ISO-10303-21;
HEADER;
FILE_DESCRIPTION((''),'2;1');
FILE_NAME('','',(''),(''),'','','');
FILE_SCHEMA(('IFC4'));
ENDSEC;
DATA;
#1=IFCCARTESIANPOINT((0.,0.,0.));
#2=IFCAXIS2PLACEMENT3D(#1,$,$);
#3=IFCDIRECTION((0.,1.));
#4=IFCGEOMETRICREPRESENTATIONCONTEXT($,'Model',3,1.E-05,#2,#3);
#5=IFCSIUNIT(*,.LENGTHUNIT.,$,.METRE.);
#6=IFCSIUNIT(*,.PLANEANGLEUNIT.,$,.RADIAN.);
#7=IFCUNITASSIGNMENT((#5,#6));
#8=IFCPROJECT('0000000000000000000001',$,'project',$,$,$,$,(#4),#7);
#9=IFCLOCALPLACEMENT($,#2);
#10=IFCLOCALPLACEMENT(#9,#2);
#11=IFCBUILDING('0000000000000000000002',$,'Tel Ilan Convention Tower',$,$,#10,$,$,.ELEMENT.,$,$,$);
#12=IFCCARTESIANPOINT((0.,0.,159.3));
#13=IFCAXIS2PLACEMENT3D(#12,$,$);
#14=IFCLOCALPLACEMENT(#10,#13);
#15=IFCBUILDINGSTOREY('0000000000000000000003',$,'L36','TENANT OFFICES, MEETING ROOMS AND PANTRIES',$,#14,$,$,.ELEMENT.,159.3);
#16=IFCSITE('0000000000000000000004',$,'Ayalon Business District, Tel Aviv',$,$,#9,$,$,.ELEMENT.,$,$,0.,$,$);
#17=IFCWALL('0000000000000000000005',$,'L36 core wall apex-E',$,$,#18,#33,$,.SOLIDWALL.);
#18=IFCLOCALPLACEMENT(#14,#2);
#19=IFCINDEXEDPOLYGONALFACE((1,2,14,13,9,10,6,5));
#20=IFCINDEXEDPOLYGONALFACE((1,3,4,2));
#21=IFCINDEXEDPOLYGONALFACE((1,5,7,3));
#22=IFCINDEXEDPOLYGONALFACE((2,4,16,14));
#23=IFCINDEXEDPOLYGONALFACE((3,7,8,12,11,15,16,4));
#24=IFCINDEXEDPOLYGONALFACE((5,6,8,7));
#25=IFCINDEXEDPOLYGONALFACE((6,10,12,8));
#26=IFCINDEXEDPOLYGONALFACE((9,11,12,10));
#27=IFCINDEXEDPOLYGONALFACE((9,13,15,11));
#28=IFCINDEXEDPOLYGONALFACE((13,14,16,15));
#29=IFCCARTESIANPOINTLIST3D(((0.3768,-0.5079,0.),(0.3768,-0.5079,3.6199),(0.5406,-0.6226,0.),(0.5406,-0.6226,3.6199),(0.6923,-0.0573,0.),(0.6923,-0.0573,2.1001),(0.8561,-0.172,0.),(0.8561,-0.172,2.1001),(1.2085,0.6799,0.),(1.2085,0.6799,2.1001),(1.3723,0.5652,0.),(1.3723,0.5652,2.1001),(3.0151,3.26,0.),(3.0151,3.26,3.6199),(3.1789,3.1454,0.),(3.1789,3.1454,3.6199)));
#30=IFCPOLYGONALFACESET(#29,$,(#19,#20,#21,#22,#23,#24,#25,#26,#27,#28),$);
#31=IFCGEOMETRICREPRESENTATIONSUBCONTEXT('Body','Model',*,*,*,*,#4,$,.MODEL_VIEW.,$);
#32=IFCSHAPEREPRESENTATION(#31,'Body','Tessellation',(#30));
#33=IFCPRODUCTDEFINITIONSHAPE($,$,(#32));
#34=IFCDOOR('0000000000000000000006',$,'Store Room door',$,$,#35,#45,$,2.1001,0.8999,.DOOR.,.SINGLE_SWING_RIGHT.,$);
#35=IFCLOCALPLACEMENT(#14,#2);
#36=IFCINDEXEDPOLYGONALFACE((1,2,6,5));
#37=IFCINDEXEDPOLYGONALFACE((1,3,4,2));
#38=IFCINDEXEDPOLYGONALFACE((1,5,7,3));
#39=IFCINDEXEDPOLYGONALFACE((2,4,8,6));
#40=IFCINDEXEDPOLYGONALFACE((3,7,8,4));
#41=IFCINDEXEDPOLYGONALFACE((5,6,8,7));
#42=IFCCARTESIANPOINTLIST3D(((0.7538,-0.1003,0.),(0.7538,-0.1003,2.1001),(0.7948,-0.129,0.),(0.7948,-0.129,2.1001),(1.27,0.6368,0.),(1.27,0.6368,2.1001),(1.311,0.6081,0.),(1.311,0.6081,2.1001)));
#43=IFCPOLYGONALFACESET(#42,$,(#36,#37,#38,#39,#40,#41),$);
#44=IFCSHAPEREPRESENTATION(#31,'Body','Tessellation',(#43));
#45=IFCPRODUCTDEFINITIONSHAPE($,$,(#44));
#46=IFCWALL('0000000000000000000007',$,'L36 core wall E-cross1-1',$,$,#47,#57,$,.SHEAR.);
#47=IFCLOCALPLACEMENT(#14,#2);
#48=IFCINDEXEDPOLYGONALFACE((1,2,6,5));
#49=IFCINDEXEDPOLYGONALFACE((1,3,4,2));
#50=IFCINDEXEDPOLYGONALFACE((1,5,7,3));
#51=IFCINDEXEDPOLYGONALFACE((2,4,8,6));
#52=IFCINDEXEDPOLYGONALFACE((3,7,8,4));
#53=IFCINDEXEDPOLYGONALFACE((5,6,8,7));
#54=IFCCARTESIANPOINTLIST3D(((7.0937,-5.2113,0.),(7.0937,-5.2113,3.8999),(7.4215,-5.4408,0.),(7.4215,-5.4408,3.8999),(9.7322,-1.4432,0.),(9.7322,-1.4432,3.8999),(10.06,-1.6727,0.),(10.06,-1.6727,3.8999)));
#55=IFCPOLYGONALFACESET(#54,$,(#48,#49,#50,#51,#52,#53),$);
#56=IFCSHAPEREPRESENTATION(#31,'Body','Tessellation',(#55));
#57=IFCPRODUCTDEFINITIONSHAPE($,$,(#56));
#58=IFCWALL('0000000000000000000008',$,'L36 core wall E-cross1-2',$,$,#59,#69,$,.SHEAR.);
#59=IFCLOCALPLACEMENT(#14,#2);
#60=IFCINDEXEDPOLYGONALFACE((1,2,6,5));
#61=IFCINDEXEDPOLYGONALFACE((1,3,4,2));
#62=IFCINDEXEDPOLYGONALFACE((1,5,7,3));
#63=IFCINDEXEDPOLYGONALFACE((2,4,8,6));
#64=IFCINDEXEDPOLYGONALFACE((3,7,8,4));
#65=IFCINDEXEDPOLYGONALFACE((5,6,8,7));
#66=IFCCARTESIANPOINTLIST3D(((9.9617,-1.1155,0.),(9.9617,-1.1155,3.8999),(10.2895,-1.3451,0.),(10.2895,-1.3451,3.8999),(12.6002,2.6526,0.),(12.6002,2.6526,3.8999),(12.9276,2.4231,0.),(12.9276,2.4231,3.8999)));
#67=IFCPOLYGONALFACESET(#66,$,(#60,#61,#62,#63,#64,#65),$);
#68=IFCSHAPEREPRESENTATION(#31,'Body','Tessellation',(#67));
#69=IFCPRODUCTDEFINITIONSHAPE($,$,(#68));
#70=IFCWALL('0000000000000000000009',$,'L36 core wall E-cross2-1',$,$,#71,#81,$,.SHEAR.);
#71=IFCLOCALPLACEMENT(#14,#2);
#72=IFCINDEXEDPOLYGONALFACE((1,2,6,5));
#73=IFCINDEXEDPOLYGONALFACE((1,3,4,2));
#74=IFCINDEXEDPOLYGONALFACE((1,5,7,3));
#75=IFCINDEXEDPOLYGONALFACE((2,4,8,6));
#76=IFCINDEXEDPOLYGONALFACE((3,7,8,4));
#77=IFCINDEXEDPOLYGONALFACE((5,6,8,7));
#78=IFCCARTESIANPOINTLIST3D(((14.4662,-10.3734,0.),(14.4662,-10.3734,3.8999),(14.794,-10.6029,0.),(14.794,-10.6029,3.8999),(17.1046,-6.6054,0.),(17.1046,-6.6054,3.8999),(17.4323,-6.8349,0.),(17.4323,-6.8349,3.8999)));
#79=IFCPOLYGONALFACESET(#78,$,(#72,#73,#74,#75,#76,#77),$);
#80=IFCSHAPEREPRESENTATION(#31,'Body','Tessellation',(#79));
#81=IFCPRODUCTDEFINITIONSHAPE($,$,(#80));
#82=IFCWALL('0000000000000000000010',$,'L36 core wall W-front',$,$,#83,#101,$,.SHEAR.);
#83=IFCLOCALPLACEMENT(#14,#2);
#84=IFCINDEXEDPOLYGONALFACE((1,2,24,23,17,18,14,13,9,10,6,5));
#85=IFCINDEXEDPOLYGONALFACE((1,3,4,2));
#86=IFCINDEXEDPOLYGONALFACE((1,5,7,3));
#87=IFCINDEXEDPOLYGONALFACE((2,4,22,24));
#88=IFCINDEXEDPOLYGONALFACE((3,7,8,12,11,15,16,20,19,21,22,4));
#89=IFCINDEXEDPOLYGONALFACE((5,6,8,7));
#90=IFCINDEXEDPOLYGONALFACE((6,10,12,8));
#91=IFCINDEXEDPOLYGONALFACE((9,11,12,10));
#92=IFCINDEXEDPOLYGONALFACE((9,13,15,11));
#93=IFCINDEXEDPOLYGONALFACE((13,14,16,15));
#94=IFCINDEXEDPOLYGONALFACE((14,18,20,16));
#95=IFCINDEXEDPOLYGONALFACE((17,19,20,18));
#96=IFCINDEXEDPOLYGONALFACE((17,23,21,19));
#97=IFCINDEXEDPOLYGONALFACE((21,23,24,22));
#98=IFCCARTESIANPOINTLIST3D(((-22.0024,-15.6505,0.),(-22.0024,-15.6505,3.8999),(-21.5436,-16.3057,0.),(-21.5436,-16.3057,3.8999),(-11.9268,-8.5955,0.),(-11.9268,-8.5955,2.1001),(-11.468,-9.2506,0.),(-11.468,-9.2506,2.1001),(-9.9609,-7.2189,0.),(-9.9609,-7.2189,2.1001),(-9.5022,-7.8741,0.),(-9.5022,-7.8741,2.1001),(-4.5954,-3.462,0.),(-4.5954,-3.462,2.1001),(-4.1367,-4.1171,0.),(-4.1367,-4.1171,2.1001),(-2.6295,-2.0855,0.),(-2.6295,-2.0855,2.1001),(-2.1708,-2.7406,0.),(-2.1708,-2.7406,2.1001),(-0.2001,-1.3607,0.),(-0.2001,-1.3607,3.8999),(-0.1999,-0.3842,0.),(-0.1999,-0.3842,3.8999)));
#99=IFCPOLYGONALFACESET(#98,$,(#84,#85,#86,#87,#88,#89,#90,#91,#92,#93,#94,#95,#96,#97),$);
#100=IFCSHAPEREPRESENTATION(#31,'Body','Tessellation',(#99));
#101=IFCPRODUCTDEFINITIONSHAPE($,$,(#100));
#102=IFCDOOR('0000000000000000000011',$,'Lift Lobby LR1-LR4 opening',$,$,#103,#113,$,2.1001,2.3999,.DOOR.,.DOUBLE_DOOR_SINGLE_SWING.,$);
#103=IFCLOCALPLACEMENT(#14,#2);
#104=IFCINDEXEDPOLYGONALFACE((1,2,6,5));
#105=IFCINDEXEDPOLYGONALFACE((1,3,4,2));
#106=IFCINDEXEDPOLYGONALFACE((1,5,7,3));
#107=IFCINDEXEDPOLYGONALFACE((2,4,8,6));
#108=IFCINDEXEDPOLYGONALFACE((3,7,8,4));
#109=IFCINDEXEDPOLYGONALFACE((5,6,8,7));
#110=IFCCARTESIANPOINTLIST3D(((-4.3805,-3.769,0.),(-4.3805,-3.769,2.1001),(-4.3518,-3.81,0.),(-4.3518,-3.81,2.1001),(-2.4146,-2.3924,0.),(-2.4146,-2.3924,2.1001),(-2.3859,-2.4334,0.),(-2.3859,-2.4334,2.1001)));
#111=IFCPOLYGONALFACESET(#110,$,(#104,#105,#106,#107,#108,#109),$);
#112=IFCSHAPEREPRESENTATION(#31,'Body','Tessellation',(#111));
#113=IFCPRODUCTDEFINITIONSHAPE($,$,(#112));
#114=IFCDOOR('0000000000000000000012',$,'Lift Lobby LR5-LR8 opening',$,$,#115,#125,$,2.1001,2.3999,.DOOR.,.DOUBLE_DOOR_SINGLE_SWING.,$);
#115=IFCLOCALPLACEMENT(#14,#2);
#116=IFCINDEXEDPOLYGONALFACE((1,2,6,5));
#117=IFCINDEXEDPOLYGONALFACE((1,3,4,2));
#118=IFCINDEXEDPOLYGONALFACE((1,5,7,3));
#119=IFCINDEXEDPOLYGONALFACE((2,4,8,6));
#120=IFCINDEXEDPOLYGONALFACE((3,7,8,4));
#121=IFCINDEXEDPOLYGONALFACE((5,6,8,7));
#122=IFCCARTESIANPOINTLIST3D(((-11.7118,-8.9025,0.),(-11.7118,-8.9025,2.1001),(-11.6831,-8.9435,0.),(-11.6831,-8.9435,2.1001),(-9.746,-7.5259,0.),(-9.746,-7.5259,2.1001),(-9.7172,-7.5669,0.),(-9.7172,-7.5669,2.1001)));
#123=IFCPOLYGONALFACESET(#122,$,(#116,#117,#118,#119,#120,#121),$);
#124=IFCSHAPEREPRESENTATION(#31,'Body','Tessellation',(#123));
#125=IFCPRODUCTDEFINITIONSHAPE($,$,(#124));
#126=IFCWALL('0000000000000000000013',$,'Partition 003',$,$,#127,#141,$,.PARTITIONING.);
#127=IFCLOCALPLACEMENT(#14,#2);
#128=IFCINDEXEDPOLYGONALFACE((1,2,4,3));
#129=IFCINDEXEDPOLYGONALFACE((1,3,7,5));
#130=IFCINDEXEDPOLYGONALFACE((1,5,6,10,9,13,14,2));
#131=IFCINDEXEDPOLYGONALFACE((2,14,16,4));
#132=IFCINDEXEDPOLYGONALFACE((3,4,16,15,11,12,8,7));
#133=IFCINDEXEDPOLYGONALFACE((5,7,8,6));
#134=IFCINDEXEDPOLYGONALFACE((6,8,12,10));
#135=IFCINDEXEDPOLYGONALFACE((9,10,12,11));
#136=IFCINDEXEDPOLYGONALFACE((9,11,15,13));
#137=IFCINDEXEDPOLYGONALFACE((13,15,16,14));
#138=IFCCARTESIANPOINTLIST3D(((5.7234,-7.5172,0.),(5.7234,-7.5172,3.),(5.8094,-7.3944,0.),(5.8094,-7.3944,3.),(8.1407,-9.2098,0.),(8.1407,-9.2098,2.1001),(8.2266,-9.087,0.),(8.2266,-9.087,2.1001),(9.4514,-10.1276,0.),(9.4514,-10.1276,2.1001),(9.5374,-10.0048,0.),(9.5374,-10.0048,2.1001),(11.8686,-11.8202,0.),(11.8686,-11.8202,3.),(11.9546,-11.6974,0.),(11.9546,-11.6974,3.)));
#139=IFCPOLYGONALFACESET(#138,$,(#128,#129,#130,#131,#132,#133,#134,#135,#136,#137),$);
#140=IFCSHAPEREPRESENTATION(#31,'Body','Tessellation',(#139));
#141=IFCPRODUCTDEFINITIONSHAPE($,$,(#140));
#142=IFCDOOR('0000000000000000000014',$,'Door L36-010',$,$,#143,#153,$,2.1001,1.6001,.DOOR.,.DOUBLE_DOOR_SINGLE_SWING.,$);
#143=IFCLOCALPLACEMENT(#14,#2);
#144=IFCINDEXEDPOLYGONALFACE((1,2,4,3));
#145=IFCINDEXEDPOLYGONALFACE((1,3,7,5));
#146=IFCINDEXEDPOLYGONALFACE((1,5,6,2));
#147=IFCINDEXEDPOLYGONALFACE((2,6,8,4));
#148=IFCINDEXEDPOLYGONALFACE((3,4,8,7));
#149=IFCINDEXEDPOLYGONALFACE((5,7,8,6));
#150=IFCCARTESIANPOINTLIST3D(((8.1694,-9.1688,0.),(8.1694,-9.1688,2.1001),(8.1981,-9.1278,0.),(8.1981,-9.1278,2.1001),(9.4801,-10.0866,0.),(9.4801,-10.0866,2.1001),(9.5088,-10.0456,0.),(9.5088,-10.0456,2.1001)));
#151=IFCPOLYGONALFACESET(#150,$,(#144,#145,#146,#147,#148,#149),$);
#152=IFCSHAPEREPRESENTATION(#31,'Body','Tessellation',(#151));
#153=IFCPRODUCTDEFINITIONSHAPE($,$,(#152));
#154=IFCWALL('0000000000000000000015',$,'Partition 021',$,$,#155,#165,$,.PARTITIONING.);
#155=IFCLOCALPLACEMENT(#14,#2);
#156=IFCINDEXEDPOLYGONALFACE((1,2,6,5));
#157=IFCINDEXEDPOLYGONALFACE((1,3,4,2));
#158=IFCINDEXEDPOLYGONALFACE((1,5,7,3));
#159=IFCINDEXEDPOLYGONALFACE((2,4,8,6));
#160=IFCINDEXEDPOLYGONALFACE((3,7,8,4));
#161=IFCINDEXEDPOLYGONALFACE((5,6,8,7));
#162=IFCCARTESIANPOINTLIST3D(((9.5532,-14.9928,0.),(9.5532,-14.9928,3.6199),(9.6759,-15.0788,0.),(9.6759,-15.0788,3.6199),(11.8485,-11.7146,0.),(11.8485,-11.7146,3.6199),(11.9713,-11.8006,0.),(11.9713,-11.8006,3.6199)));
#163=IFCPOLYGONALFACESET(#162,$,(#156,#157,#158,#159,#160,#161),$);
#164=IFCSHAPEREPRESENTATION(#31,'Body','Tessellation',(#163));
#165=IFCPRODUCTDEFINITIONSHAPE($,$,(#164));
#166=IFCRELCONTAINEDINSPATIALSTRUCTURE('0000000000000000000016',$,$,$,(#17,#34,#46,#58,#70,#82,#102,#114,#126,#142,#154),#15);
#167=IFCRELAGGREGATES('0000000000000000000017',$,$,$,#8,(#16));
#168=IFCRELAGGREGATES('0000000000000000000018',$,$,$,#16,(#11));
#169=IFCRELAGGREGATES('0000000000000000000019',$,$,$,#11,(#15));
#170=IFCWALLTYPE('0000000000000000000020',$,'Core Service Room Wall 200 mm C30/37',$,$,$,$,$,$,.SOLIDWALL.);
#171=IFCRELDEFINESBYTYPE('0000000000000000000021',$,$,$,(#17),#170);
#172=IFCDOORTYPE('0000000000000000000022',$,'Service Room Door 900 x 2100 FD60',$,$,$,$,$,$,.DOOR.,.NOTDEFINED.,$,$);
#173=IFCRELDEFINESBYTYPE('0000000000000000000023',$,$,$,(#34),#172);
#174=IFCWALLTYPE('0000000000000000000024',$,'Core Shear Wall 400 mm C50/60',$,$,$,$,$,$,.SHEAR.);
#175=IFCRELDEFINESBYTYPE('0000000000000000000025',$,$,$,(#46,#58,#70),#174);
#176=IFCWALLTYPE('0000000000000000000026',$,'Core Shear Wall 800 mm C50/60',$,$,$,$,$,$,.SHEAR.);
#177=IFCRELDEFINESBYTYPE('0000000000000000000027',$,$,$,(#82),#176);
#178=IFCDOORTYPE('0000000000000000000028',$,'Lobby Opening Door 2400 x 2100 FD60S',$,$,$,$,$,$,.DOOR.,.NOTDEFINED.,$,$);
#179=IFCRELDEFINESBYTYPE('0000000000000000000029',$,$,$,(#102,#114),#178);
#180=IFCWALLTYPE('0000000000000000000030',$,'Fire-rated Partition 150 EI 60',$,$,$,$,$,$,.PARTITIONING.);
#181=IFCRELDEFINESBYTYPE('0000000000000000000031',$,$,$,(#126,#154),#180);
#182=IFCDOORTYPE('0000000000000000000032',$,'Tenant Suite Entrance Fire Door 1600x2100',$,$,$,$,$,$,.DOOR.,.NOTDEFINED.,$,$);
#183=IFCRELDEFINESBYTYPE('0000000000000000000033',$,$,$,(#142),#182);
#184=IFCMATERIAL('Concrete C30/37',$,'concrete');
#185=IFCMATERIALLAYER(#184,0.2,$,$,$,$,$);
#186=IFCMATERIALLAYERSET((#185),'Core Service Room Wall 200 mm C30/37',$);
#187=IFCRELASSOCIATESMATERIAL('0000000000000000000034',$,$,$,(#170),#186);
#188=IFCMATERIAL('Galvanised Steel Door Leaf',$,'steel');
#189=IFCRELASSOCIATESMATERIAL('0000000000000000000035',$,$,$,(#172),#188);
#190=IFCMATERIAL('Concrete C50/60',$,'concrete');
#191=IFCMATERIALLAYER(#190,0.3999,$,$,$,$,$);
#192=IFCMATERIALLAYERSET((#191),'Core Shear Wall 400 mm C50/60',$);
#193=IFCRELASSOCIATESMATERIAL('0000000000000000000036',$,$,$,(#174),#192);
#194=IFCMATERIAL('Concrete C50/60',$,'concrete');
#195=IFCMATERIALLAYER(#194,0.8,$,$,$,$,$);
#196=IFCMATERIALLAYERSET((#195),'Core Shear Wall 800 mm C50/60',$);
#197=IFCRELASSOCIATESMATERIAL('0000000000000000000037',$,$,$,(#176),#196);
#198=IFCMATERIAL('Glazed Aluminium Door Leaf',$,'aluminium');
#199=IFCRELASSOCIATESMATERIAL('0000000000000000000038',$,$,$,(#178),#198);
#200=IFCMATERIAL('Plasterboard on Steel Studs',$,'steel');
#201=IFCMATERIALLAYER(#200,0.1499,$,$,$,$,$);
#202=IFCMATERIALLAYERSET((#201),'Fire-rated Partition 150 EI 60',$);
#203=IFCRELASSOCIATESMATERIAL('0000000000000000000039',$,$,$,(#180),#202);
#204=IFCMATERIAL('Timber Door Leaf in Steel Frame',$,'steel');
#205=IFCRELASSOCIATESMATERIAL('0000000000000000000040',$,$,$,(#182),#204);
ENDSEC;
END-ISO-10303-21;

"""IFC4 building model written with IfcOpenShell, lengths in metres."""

from ifc_helpers import new_model, si_unit, direction, frame, frame_2d, origin, place, context, subcontext, project, spatial, polyline, rectangle, outline, extrude, material, layer, layer_set, type_object, element, fill, save


model = new_model("IFC4")

# Units and contexts
model_context = context("Model", 3, precision=1e-05, world=origin(), true_north=direction((0.0, 1.0)))
body_context = subcontext(model_context, "Body", "Model", "MODEL_VIEW")
ifc_project = project(units=[si_unit("LENGTHUNIT", "METRE"), si_unit("PLANEANGLEUNIT", "RADIAN")], contexts=[model_context])

# Site, building, storey
site_placement = place(None, origin())
site = spatial("IfcSite", under=ifc_project, at=site_placement, Name="Ayalon Business District, Tel Aviv", CompositionType="ELEMENT", RefElevation=0.0)
building_placement = place(site_placement, origin())
building = spatial("IfcBuilding", under=site, at=building_placement, Name="Tel Ilan Convention Tower", CompositionType="ELEMENT")
storey_placement = place(building_placement, frame((0.0, 0.0, 159.3)))
storey = spatial("IfcBuildingStorey", under=building, at=storey_placement, Name="L36", Description="TENANT OFFICES, MEETING ROOMS AND PANTRIES", CompositionType="ELEMENT", Elevation=159.3)

# Wall, opening, door
ifc_material_1 = material(Name="Concrete C30/37", Category="concrete")
ifc_layer_1 = layer(ifc_material_1, 0.2)
ifc_layer_set_1 = layer_set([ifc_layer_1], Name="Core Service Room Wall 200 mm C30/37")
wall_type_1 = type_object("IfcWallType", Name="Core Service Room Wall 200 mm C30/37", PredefinedType="SOLIDWALL", material=ifc_layer_set_1)
wall_1_placement = place(storey_placement, frame((0.4587, -0.5652, 0.0), z_axis=(0.0, 0.0, 1.0), x_axis=(0.573576, 0.819152, 0.0)))
wall_1 = element("IfcWall", 1, at=wall_1_placement, inside=storey, type_object=wall_type_1, Name="L36 core wall apex-E", PredefinedType="SOLIDWALL", context=body_context, shape_type="SweptSolid", body=[
    extrude(rectangle(XDim=4.5999, YDim=0.2, at=frame_2d((2.2998, 0.0))), origin(), (0.0, 0.0, 1.0), 3.6199),
])
opening_1_placement = place(wall_1_placement, frame((0.55, 0.0, 0.0)))
opening_1 = element("IfcOpeningElement", 2, at=opening_1_placement, cuts=wall_1, PredefinedType="OPENING", context=body_context, shape_type="SweptSolid", body=[
    extrude(rectangle(XDim=0.8999, YDim=2.1001, at=frame_2d((0.45, 1.05))), frame((0.0, 0.1099, 0.0), z_axis=(0.0, -1.0, 0.0), x_axis=(1.0, 0.0, 0.0)), (0.0, 0.0, 1.0), 0.22),
])
ifc_material_2 = material(Name="Galvanised Steel Door Leaf", Category="steel")
door_type_1 = type_object("IfcDoorType", Name="Service Room Door 900 x 2100 FD60", OperationType="NOTDEFINED", PredefinedType="DOOR", material=ifc_material_2)
door_1_placement = place(opening_1_placement, origin())
door_1 = element("IfcDoor", 3, at=door_1_placement, inside=storey, type_object=door_type_1, Name="Store Room door", OperationType="SINGLE_SWING_RIGHT", OverallHeight=2.1001, OverallWidth=0.8999, PredefinedType="DOOR", context=body_context, shape_type="SweptSolid", body=[
    extrude(rectangle(XDim=0.8999, YDim=2.1001, at=frame_2d((0.45, 1.05))), frame((0.0, 0.0249, 0.0), z_axis=(0.0, -1.0, 0.0), x_axis=(1.0, 0.0, 0.0)), (0.0, 0.0, 1.0), 0.05),
])
fill(opening_1, door_1)

# Walls
ifc_material_3 = material(Name="Concrete C50/60", Category="concrete")
ifc_layer_2 = layer(ifc_material_3, 0.3999)
ifc_layer_set_2 = layer_set([ifc_layer_2], Name="Core Shear Wall 400 mm C50/60")
wall_type_2 = type_object("IfcWallType", Name="Core Shear Wall 400 mm C50/60", PredefinedType="SHEAR", material=ifc_layer_set_2)
wall_2_placement = place(storey_placement, frame((7.2578, -5.3259, 0.0), z_axis=(0.0, 0.0, 1.0), x_axis=(0.573541, 0.819177, 0.0)))
element("IfcWall", 4, at=wall_2_placement, inside=storey, type_object=wall_type_2, Name="L36 core wall E-cross1-1", PredefinedType="SHEAR", context=body_context, shape_type="SweptSolid", body=[
    extrude(outline(polyline([(-0.0002, 0.2002), (-0.0002, -0.2), (4.5999, -0.2002), (4.5999, 0.2), (-0.0002, 0.2002)])), origin(), (0.0, 0.0, 1.0), 3.8999),
])
wall_3_placement = place(storey_placement, frame((10.1255, -1.2302, 0.0), z_axis=(0.0, 0.0, 1.0), x_axis=(0.573576, 0.819152, 0.0)))
element("IfcWall", 5, at=wall_3_placement, inside=storey, type_object=wall_type_2, Name="L36 core wall E-cross1-2", PredefinedType="SHEAR", context=body_context, shape_type="SweptSolid", body=[
    extrude(outline(polyline([(4.5999, -0.2), (4.6001, 0.2), (0.0, 0.2), (0.0, -0.2002), (4.5999, -0.2)])), origin(), (0.0, 0.0, 1.0), 3.8999),
])
wall_4_placement = place(storey_placement, frame((14.6299, -10.4883, 0.0), z_axis=(0.0, 0.0, 1.0), x_axis=(0.573612, 0.819127, 0.0)))
element("IfcWall", 6, at=wall_4_placement, inside=storey, type_object=wall_type_2, Name="L36 core wall E-cross2-1", PredefinedType="SHEAR", context=body_context, shape_type="SweptSolid", body=[
    extrude(outline(polyline([(0.0002, 0.2), (0.0002, -0.2002), (4.6001, -0.2), (4.6001, 0.2002), (0.0002, 0.2)])), origin(), (0.0, 0.0, 1.0), 3.8999),
])

# Wall, openings, doors
ifc_material_4 = material(Name="Concrete C50/60", Category="concrete")
ifc_layer_3 = layer(ifc_material_4, 0.8)
ifc_layer_set_3 = layer_set([ifc_layer_3], Name="Core Shear Wall 800 mm C50/60")
wall_type_3 = type_object("IfcWallType", Name="Core Shear Wall 800 mm C50/60", PredefinedType="SHEAR", material=ifc_layer_set_3)
wall_5_placement = place(storey_placement, frame((0.0293, -0.7119, 0.0), z_axis=(0.0, 0.0, 1.0), x_axis=(-0.819152, -0.573577, 0.0)))
wall_5 = element("IfcWall", 7, at=wall_5_placement, inside=storey, type_object=wall_type_3, Name="L36 core wall W-front", PredefinedType="SHEAR", context=body_context, shape_type="SweptSolid", body=[
    extrude(outline(polyline([(26.6157, 0.3999), (0.5601, 0.3999), (-0.0002, -0.3999), (26.6157, -0.3999), (26.6157, 0.3999)])), origin(), (0.0, 0.0, 1.0), 3.8999),
])
opening_2_placement = place(wall_5_placement, frame((2.9658, 0.0, 0.0)))
opening_2 = element("IfcOpeningElement", 8, at=opening_2_placement, cuts=wall_5, PredefinedType="OPENING", context=body_context, shape_type="SweptSolid", body=[
    extrude(rectangle(XDim=2.3999, YDim=2.1001, at=frame_2d((1.2, 1.05))), frame((0.0, 0.4099, 0.0), z_axis=(0.0, -1.0, 0.0), x_axis=(1.0, 0.0, 0.0)), (0.0, 0.0, 1.0), 0.8201),
])
opening_3_placement = place(wall_5_placement, frame((11.9158, 0.0, 0.0)))
opening_3 = element("IfcOpeningElement", 9, at=opening_3_placement, cuts=wall_5, PredefinedType="OPENING", context=body_context, shape_type="SweptSolid", body=[
    extrude(rectangle(XDim=2.3999, YDim=2.1001, at=frame_2d((1.2, 1.05))), frame((0.0, 0.4099, 0.0), z_axis=(0.0, -1.0, 0.0), x_axis=(1.0, 0.0, 0.0)), (0.0, 0.0, 1.0), 0.8201),
])
ifc_material_5 = material(Name="Glazed Aluminium Door Leaf", Category="aluminium")
door_type_2 = type_object("IfcDoorType", Name="Lobby Opening Door 2400 x 2100 FD60S", OperationType="NOTDEFINED", PredefinedType="DOOR", material=ifc_material_5)
door_2_placement = place(opening_2_placement, origin())
door_2 = element("IfcDoor", 10, at=door_2_placement, inside=storey, type_object=door_type_2, Name="Lift Lobby LR1-LR4 opening", OperationType="DOUBLE_DOOR_SINGLE_SWING", OverallHeight=2.1001, OverallWidth=2.3999, PredefinedType="DOOR", context=body_context, shape_type="SweptSolid", body=[
    extrude(rectangle(XDim=2.3999, YDim=2.1001, at=frame_2d((1.2, 1.05))), frame((0.0, 0.0249, 0.0), z_axis=(0.0, -1.0, 0.0), x_axis=(1.0, 0.0, 0.0)), (0.0, 0.0, 1.0), 0.05),
])
fill(opening_2, door_2)
door_3_placement = place(opening_3_placement, origin())
door_3 = element("IfcDoor", 11, at=door_3_placement, inside=storey, type_object=door_type_2, Name="Lift Lobby LR5-LR8 opening", OperationType="DOUBLE_DOOR_SINGLE_SWING", OverallHeight=2.1001, OverallWidth=2.3999, PredefinedType="DOOR", context=body_context, shape_type="SweptSolid", body=[
    extrude(rectangle(XDim=2.3999, YDim=2.1001, at=frame_2d((1.2, 1.05))), frame((0.0, 0.0249, 0.0), z_axis=(0.0, -1.0, 0.0), x_axis=(1.0, 0.0, 0.0)), (0.0, 0.0, 1.0), 0.05),
])
fill(opening_3, door_3)

# Wall, opening, door
ifc_material_6 = material(Name="Plasterboard on Steel Studs", Category="steel")
ifc_layer_4 = layer(ifc_material_6, 0.1499)
ifc_layer_set_4 = layer_set([ifc_layer_4], Name="Fire-rated Partition 150 EI 60")
wall_type_4 = type_object("IfcWallType", Name="Fire-rated Partition 150 EI 60", PredefinedType="PARTITIONING", material=ifc_layer_set_4)
wall_6_placement = place(storey_placement, frame((11.9116, -11.7588, 0.0), z_axis=(0.0, 0.0, 1.0), x_axis=(-0.819151, 0.573578, 0.0)))
wall_6 = element("IfcWall", 12, at=wall_6_placement, inside=storey, type_object=wall_type_4, Name="Partition 003", PredefinedType="PARTITIONING", context=body_context, shape_type="SweptSolid", body=[
    extrude(rectangle(XDim=7.502, YDim=0.1499, at=frame_2d((3.751, 0.0))), origin(), (0.0, 0.0, 1.0), 3.0),
])
opening_4_placement = place(wall_6_placement, frame((2.9509, 0.0, 0.0)))
opening_4 = element("IfcOpeningElement", 13, at=opening_4_placement, cuts=wall_6, PredefinedType="OPENING", context=body_context, shape_type="SweptSolid", body=[
    extrude(rectangle(XDim=1.6001, YDim=2.1001, at=frame_2d((0.8, 1.05))), frame((0.0, 0.085, 0.0), z_axis=(0.0, -1.0, 0.0), x_axis=(1.0, 0.0, 0.0)), (0.0, 0.0, 1.0), 0.1699),
])
ifc_material_7 = material(Name="Timber Door Leaf in Steel Frame", Category="steel")
door_type_3 = type_object("IfcDoorType", Name="Tenant Suite Entrance Fire Door 1600x2100", OperationType="NOTDEFINED", PredefinedType="DOOR", material=ifc_material_7)
door_4_placement = place(opening_4_placement, origin())
door_4 = element("IfcDoor", 14, at=door_4_placement, inside=storey, type_object=door_type_3, Name="Door L36-010", OperationType="DOUBLE_DOOR_SINGLE_SWING", OverallHeight=2.1001, OverallWidth=1.6001, PredefinedType="DOOR", context=body_context, shape_type="SweptSolid", body=[
    extrude(rectangle(XDim=1.6001, YDim=2.1001, at=frame_2d((0.8, 1.05))), frame((0.0, 0.0249, 0.0), z_axis=(0.0, -1.0, 0.0), x_axis=(1.0, 0.0, 0.0)), (0.0, 0.0, 1.0), 0.05),
])
fill(opening_4, door_4)

# Wall
wall_7_placement = place(storey_placement, frame((11.9099, -11.7576, 0.0), z_axis=(0.0, 0.0, 1.0), x_axis=(-0.573561, -0.819163, 0.0)))
element("IfcWall", 15, at=wall_7_placement, inside=storey, type_object=wall_type_4, Name="Partition 021", PredefinedType="PARTITIONING", context=body_context, shape_type="SweptSolid", body=[
    extrude(rectangle(XDim=4.002, YDim=0.1499, at=frame_2d((2.001, 0.0))), origin(), (0.0, 0.0, 1.0), 3.6199),
])

save(model, "model.ifc")
